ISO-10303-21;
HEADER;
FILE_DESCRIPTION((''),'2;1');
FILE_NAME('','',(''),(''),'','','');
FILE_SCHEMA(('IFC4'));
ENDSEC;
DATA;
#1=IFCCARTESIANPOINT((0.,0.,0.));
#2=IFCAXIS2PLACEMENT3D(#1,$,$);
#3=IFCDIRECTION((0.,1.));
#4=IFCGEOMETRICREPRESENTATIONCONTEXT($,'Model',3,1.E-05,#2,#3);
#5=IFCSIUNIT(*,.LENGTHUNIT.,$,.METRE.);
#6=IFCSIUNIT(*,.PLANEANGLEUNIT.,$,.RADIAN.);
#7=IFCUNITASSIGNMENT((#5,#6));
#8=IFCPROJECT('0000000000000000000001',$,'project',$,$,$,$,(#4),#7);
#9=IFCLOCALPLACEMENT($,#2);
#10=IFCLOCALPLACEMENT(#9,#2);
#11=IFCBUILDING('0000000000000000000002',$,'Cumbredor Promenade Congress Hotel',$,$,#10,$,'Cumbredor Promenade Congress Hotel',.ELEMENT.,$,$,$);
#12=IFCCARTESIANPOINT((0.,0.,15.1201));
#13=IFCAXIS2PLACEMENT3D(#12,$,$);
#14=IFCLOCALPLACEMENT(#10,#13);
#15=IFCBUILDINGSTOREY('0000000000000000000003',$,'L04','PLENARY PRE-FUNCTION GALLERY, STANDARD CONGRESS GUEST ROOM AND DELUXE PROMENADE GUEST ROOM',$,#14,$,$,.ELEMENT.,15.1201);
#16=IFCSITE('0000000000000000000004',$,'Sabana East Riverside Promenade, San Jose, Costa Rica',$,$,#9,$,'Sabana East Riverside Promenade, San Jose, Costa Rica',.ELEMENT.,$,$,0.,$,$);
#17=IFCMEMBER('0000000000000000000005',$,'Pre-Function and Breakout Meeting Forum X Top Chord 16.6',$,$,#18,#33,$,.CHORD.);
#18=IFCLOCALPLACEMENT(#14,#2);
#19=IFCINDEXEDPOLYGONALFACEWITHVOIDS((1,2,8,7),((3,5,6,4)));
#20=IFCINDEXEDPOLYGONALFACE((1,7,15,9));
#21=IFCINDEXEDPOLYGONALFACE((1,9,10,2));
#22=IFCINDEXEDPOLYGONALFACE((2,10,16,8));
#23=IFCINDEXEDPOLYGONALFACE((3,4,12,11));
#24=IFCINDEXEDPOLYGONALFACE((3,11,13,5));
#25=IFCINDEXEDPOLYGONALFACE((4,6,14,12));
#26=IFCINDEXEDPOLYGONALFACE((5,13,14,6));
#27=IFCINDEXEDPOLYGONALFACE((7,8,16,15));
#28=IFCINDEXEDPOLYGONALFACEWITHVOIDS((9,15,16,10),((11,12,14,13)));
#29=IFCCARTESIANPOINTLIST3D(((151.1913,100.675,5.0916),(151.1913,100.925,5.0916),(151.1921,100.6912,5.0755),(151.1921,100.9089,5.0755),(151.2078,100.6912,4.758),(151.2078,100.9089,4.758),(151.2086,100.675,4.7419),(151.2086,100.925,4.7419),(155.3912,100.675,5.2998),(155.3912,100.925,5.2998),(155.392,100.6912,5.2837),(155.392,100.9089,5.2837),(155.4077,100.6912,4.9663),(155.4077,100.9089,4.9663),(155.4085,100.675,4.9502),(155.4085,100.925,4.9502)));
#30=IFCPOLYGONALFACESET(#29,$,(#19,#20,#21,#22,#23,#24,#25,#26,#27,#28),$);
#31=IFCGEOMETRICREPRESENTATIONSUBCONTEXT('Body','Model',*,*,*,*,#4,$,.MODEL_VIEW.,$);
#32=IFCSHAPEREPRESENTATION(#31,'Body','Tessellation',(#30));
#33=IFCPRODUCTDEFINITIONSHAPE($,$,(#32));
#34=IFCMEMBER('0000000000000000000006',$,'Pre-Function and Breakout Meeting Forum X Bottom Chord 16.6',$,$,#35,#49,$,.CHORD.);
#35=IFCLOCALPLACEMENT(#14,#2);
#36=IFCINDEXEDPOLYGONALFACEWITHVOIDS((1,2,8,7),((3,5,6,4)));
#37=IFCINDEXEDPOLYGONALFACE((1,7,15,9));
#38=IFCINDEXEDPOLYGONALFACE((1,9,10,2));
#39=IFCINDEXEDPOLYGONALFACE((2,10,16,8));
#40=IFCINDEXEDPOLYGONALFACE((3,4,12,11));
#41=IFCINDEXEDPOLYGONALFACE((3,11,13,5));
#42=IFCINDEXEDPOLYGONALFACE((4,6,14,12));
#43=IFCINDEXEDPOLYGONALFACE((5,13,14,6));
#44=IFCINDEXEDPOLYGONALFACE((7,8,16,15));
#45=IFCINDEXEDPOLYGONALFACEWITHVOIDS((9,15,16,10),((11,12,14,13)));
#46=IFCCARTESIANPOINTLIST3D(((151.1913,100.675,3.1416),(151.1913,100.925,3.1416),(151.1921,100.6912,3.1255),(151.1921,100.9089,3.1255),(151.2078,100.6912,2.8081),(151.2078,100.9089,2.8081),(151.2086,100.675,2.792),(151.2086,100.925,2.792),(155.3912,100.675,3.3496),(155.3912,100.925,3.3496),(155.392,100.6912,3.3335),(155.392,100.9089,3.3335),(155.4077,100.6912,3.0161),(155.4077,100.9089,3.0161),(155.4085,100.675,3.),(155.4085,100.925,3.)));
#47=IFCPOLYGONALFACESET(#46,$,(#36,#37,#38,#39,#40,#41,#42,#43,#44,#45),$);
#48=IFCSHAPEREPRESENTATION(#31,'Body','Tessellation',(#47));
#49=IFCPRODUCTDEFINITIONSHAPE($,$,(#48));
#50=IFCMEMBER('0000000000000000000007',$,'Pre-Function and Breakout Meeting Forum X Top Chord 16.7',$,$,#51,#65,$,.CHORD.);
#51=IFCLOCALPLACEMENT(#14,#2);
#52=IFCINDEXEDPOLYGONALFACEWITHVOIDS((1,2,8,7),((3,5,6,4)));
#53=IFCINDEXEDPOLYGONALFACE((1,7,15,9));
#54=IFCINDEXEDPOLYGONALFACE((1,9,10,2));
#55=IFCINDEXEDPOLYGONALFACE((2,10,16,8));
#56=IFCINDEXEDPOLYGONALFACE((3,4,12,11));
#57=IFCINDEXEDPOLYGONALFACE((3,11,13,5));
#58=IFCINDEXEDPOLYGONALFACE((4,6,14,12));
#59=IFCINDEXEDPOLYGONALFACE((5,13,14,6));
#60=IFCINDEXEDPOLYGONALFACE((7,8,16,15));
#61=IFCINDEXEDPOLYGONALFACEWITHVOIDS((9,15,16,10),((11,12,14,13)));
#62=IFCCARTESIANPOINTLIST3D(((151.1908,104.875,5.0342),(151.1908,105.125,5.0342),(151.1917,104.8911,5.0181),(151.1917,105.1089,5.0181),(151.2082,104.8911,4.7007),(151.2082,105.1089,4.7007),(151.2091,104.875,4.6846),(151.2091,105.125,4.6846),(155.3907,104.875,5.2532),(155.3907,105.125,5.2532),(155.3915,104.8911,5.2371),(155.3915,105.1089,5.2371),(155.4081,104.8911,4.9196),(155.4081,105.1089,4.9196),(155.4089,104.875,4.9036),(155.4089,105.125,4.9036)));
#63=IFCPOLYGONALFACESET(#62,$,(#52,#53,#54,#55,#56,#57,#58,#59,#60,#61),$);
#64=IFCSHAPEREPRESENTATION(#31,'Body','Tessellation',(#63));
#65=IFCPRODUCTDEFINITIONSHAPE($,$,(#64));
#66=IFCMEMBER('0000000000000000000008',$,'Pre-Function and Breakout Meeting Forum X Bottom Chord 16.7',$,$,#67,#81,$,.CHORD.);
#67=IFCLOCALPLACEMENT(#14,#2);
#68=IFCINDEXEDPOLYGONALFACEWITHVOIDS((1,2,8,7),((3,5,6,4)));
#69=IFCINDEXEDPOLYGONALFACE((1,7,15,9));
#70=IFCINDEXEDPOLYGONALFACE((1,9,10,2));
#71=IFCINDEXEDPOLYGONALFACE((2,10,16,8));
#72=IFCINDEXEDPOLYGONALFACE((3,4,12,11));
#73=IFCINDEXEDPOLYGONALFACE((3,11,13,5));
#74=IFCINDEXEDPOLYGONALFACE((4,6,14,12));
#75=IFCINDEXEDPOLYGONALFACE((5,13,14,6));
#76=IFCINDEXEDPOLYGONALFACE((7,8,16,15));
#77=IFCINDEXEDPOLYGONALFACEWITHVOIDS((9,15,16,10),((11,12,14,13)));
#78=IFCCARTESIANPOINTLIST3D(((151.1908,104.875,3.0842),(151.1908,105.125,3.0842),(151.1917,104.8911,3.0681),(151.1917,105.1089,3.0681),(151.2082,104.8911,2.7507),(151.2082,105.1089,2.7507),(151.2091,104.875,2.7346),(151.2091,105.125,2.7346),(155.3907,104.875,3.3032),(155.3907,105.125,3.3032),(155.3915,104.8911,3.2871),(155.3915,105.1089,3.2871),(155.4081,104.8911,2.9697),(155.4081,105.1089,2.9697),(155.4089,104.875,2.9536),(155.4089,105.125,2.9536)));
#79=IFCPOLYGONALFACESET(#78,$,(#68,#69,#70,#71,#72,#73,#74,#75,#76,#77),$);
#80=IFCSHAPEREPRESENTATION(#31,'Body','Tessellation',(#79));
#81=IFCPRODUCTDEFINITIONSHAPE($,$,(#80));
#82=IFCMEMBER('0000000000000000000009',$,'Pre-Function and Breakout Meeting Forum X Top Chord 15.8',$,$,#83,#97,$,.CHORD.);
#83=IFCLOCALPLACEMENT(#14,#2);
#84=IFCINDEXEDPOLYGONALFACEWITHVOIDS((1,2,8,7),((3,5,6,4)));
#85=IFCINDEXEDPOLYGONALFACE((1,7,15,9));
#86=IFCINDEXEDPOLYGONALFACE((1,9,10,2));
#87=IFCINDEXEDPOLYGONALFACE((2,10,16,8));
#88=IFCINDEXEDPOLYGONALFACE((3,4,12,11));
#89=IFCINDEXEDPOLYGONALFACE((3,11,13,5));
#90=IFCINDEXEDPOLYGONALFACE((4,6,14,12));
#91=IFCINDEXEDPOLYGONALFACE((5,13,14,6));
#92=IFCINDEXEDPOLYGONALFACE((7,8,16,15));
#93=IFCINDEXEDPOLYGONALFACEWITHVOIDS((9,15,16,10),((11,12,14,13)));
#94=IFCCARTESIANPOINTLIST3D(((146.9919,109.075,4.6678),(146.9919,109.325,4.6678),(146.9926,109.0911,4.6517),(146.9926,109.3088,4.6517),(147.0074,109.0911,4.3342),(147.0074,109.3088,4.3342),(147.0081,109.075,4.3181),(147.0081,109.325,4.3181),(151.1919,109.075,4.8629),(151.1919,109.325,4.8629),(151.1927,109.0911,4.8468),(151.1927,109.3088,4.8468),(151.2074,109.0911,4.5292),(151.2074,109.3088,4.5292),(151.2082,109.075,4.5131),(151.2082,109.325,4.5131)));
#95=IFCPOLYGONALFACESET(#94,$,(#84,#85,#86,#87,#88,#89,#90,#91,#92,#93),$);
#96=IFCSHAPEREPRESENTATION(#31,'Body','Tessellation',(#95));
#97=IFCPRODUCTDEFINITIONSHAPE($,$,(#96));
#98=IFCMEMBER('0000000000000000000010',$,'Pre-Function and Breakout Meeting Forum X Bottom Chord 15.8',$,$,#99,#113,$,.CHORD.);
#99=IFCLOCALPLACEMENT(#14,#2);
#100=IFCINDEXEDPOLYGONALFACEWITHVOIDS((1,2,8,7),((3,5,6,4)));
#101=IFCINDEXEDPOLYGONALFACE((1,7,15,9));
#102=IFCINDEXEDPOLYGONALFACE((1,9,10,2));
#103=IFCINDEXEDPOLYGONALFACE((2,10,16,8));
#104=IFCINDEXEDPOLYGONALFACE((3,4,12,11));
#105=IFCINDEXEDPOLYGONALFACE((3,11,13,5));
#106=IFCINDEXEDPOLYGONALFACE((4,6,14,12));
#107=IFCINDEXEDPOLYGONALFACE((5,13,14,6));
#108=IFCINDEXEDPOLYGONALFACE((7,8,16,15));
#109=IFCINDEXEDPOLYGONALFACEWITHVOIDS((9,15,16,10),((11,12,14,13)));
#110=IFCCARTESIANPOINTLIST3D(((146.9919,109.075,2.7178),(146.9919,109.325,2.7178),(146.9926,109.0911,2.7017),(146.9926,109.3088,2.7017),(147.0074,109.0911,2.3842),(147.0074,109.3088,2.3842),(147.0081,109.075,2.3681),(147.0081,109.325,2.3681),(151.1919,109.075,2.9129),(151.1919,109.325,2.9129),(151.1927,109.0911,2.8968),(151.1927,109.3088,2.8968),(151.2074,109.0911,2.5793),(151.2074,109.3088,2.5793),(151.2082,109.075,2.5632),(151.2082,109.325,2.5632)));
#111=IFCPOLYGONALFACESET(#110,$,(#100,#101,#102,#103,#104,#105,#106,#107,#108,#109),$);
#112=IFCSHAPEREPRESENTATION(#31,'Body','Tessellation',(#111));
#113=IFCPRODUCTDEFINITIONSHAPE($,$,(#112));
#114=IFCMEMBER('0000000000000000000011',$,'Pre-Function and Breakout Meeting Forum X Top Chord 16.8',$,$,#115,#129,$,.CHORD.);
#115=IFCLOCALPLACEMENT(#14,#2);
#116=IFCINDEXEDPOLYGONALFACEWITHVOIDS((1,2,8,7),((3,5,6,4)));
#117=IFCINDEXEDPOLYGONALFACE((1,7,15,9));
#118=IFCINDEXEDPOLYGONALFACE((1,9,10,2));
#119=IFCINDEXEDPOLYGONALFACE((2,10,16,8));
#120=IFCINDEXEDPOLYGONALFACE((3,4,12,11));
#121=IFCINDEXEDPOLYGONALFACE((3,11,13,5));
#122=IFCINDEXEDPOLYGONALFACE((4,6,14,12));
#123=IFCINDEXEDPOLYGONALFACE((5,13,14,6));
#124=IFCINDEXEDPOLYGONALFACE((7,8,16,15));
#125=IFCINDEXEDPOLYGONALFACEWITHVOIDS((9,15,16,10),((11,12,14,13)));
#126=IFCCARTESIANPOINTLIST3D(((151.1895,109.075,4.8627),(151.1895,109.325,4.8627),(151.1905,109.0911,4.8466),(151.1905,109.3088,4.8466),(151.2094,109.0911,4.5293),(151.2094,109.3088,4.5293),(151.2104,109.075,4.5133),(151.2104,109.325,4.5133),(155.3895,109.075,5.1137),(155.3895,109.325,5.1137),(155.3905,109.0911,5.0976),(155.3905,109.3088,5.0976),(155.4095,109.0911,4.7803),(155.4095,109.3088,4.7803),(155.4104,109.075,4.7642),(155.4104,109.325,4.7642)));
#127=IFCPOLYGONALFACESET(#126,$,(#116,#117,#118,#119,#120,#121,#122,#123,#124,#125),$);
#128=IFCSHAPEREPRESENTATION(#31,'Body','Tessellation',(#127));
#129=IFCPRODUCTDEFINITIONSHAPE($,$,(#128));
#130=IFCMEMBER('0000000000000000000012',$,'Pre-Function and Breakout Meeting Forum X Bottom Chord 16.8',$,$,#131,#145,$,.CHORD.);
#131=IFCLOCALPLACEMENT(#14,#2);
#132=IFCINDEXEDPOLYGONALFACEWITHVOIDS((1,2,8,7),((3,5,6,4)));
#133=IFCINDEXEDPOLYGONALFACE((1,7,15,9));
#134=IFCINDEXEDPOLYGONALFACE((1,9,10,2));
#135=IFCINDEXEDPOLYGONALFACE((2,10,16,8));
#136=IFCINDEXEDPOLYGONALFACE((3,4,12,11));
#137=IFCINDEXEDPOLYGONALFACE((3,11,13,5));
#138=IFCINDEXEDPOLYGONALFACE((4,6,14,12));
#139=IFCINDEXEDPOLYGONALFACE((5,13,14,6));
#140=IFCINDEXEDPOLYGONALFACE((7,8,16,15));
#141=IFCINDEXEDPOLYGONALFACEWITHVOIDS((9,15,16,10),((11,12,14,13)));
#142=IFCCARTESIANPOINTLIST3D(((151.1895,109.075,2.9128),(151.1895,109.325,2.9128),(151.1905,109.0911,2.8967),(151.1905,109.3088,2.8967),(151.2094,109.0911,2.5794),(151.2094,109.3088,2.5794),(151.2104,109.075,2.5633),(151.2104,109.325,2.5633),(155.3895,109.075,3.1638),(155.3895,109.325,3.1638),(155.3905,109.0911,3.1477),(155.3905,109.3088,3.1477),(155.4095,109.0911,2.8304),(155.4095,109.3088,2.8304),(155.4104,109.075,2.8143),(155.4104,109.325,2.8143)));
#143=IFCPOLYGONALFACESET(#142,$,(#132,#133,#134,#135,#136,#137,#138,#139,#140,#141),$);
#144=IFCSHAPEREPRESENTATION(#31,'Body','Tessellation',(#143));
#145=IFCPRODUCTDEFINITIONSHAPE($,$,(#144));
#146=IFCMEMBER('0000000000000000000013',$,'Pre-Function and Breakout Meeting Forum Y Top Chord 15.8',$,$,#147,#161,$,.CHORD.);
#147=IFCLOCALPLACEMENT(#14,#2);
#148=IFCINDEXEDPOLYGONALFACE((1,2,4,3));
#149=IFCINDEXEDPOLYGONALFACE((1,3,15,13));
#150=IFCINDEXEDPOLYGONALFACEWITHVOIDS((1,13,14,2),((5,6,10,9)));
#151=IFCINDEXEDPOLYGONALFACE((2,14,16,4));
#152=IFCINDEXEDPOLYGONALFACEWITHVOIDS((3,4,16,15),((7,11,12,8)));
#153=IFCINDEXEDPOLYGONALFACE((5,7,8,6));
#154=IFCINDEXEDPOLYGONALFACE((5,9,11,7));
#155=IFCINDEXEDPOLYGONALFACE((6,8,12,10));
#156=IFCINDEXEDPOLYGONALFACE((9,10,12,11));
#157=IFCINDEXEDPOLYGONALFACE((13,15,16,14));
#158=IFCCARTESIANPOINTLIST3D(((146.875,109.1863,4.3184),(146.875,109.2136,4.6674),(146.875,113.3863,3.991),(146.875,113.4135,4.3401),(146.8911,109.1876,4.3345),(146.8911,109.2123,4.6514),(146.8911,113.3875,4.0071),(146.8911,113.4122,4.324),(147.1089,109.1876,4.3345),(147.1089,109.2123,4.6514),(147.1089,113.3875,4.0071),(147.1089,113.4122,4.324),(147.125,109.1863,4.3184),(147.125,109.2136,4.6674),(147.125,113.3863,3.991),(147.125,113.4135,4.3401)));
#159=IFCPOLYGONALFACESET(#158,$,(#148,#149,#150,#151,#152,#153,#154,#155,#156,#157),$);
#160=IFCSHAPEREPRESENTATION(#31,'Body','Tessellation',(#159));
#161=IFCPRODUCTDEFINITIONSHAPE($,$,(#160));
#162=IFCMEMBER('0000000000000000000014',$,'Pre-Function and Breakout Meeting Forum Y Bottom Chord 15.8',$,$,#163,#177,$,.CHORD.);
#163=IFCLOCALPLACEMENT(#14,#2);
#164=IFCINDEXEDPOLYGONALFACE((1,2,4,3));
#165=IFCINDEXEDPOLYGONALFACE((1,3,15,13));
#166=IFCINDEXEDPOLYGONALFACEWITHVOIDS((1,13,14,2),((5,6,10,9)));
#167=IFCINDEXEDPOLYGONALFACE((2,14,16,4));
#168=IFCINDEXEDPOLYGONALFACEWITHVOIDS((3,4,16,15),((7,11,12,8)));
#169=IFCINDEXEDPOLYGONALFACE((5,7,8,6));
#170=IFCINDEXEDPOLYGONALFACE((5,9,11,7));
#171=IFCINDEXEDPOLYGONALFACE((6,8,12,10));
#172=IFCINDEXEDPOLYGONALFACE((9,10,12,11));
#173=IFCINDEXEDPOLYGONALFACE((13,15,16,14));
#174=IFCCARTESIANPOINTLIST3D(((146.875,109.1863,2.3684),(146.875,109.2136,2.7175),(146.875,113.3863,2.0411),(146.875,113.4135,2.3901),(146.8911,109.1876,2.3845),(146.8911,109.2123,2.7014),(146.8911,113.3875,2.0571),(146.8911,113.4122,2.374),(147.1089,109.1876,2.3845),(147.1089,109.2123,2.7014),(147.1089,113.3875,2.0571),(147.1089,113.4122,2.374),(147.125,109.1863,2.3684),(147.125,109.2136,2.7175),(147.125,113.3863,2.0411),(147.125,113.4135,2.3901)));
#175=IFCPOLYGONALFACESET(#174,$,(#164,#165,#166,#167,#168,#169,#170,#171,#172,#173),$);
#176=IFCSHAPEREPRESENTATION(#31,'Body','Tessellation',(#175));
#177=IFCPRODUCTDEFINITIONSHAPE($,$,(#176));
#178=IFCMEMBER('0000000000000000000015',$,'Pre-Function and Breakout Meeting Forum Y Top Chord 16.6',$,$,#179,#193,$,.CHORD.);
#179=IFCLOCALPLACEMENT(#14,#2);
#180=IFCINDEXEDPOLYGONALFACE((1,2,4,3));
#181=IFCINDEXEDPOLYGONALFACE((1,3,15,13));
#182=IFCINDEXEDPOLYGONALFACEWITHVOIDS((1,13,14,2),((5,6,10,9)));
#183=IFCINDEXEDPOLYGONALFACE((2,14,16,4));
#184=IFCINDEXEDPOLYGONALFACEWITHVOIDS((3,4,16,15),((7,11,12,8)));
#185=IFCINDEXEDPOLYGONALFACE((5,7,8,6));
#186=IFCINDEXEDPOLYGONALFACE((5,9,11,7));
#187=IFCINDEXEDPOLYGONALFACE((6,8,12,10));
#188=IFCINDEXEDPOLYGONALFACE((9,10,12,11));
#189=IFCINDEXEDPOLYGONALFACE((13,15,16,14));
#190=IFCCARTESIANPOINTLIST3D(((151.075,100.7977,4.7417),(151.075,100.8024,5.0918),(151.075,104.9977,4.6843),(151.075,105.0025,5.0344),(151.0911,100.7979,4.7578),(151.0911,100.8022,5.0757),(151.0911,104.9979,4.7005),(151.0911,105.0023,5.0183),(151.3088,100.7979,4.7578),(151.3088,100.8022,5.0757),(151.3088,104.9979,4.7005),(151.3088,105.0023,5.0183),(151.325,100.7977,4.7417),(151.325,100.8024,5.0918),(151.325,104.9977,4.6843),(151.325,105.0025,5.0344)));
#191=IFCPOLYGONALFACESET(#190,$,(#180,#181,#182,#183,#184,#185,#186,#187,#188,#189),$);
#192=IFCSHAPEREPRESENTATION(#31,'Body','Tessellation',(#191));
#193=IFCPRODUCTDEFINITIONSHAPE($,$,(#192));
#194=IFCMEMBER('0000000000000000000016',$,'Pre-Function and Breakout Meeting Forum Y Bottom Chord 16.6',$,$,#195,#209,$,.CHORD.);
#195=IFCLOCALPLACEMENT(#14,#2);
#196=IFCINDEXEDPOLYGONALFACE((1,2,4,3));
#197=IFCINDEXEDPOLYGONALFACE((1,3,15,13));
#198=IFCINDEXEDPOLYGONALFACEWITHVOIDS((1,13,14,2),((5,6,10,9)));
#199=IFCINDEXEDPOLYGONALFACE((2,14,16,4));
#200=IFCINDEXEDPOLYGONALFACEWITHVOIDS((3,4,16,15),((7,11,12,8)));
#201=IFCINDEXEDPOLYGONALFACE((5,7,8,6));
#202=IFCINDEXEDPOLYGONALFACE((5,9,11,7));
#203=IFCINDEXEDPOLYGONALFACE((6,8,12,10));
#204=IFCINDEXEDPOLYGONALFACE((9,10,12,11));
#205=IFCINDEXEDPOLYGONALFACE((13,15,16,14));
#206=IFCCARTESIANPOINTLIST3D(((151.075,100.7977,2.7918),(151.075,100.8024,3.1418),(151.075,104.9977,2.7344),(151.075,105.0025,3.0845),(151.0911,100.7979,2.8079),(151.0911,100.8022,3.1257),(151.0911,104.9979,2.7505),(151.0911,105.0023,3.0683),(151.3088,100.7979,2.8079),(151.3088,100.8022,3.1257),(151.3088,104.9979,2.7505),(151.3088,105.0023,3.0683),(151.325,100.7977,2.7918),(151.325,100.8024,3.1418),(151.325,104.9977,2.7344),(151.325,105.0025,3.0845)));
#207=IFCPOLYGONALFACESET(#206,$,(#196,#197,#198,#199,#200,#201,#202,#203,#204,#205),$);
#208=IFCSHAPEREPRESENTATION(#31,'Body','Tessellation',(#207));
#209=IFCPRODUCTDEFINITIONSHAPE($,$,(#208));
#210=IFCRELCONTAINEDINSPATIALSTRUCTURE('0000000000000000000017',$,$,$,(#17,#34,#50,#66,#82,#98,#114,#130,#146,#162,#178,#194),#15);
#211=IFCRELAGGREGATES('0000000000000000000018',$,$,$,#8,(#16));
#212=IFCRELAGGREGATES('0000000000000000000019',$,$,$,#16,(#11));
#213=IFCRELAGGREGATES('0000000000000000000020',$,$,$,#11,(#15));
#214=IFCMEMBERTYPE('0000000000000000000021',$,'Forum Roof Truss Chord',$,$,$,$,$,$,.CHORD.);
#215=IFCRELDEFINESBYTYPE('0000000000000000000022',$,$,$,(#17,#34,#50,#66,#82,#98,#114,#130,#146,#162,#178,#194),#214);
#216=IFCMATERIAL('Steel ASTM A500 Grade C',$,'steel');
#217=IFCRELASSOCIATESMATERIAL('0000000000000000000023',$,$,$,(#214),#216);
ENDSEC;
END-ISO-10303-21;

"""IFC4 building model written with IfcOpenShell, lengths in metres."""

from ifc_helpers import new_model, si_unit, direction, frame, origin, origin_2d, place, context, subcontext, project, spatial, hollow_rectangle, extrude, material, material_profile, profile_set, type_object, element, save


model = new_model("IFC4")

# Units and contexts
model_context = context("Model", 3, precision=1e-05, world=origin(), true_north=direction((0.0, 1.0)))
body_context = subcontext(model_context, "Body", "Model", "MODEL_VIEW")
ifc_project = project(units=[si_unit("LENGTHUNIT", "METRE"), si_unit("PLANEANGLEUNIT", "RADIAN")], contexts=[model_context])

# Site, building, storey
site_placement = place(None, origin())
site = spatial("IfcSite", under=ifc_project, at=site_placement, Name="Sabana East Riverside Promenade, San Jose, Costa Rica", LongName="Sabana East Riverside Promenade, San Jose, Costa Rica", CompositionType="ELEMENT", RefElevation=0.0)
building_placement = place(site_placement, origin())
building = spatial("IfcBuilding", under=site, at=building_placement, Name="Cumbredor Promenade Congress Hotel", LongName="Cumbredor Promenade Congress Hotel", CompositionType="ELEMENT")
storey_placement = place(building_placement, frame((0.0, 0.0, 15.1201)))
storey = spatial("IfcBuildingStorey", under=building, at=storey_placement, Name="L04", Description="PLENARY PRE-FUNCTION GALLERY, STANDARD CONGRESS GUEST ROOM AND DELUXE PROMENADE GUEST ROOM", CompositionType="ELEMENT", Elevation=15.1201)

# Members
ifc_material_1 = material(Name="Steel ASTM A500 Grade C", Category="steel")
ifc_material_profile_1 = material_profile(ifc_material_1, hollow_rectangle(XDim=0.25, YDim=0.3501, WallThickness=0.0161, at=origin_2d()), Name="HSS 350x250x16")
ifc_profile_set_1 = profile_set([ifc_material_profile_1], Name="Steel ASTM A500 Grade C")
member_type_1 = type_object("IfcMemberType", Name="Forum Roof Truss Chord", PredefinedType="CHORD", material=ifc_profile_set_1)
for number, where, z_axis, x_axis, name in (
    (1, (151.2, 100.8, 4.9167), (0.998773, 0.0, 0.049524), (0.0, 1.0, 0.0), "Pre-Function and Breakout Meeting Forum X Top Chord 16.6"),
    (2, (151.2, 100.8, 2.9668), (0.998776, 0.0, 0.049466), (0.0, 1.0, 0.0), "Pre-Function and Breakout Meeting Forum X Bottom Chord 16.6"),
):
    element("IfcMember", number, at=place(storey_placement, frame(where, z_axis=z_axis, x_axis=x_axis)), inside=storey, type_object=member_type_1, Name=name, PredefinedType="CHORD", context=body_context, shape_type="SweptSolid", body=[
        extrude(hollow_rectangle(XDim=0.25, YDim=0.3501, WallThickness=0.0161, at=origin_2d()), origin(), (0.0, 0.0, 1.0), 4.2051),
    ])
for number, where, z_axis, x_axis, name in (
    (3, (151.2, 105.0, 4.8594), (0.998643, 0.0, 0.052071), (0.0, 1.0, 0.0), "Pre-Function and Breakout Meeting Forum X Top Chord 16.7"),
    (4, (151.2, 105.0, 2.9094), (0.998643, 0.0, 0.052071), (0.0, 1.0, 0.0), "Pre-Function and Breakout Meeting Forum X Bottom Chord 16.7"),
):
    element("IfcMember", number, at=place(storey_placement, frame(where, z_axis=z_axis, x_axis=x_axis)), inside=storey, type_object=member_type_1, Name=name, PredefinedType="CHORD", context=body_context, shape_type="SweptSolid", body=[
        extrude(hollow_rectangle(XDim=0.25, YDim=0.3501, WallThickness=0.0161, at=origin_2d()), origin(), (0.0, 0.0, 1.0), 4.2056),
    ])
for number, where, z_axis, x_axis, name in (
    (5, (147.0, 109.2, 4.4929), (0.998923, 0.0, 0.046395), (0.0, 1.0, 0.0), "Pre-Function and Breakout Meeting Forum X Top Chord 15.8"),
    (6, (147.0, 109.2, 2.543), (0.998923, 0.0, 0.046395), (0.0, 1.0, 0.0), "Pre-Function and Breakout Meeting Forum X Bottom Chord 15.8"),
):
    element("IfcMember", number, at=place(storey_placement, frame(where, z_axis=z_axis, x_axis=x_axis)), inside=storey, type_object=member_type_1, Name=name, PredefinedType="CHORD", context=body_context, shape_type="SweptSolid", body=[
        extrude(hollow_rectangle(XDim=0.25, YDim=0.3501, WallThickness=0.0161, at=origin_2d()), origin(), (0.0, 0.0, 1.0), 4.2046),
    ])
for number, where, z_axis, x_axis, name in (
    (7, (151.2, 109.2, 4.688), (0.998219, 0.0, 0.059651), (0.0, 1.0, 0.0), "Pre-Function and Breakout Meeting Forum X Top Chord 16.8"),
    (8, (151.2, 109.2, 2.738), (0.998219, 0.0, 0.059651), (0.0, 1.0, 0.0), "Pre-Function and Breakout Meeting Forum X Bottom Chord 16.8"),
):
    element("IfcMember", number, at=place(storey_placement, frame(where, z_axis=z_axis, x_axis=x_axis)), inside=storey, type_object=member_type_1, Name=name, PredefinedType="CHORD", context=body_context, shape_type="SweptSolid", body=[
        extrude(hollow_rectangle(XDim=0.25, YDim=0.3501, WallThickness=0.0161, at=origin_2d()), origin(), (0.0, 0.0, 1.0), 4.2075),
    ])
for number, where, z_axis, x_axis, name in (
    (9, (147.0, 109.2, 4.4929), (0.0, 0.996976, -0.077716), (-1.0, 0.0, 0.0), "Pre-Function and Breakout Meeting Forum Y Top Chord 15.8"),
    (10, (147.0, 109.2, 2.543), (0.0, 0.996976, -0.077716), (-1.0, 0.0, 0.0), "Pre-Function and Breakout Meeting Forum Y Bottom Chord 15.8"),
):
    element("IfcMember", number, at=place(storey_placement, frame(where, z_axis=z_axis, x_axis=x_axis)), inside=storey, type_object=member_type_1, Name=name, PredefinedType="CHORD", context=body_context, shape_type="SweptSolid", body=[
        extrude(hollow_rectangle(XDim=0.25, YDim=0.3501, WallThickness=0.0161, at=origin_2d()), origin(), (0.0, 0.0, 1.0), 4.2126),
    ])
for number, where, z_axis, x_axis, name in (
    (11, (151.2, 100.8, 4.9167), (0.0, 0.999907, -0.013659), (-1.0, 0.0, 0.0), "Pre-Function and Breakout Meeting Forum Y Top Chord 16.6"),
    (12, (151.2, 100.8, 2.9668), (0.0, 0.999907, -0.013659), (-1.0, 0.0, 0.0), "Pre-Function and Breakout Meeting Forum Y Bottom Chord 16.6"),
):
    element("IfcMember", number, at=place(storey_placement, frame(where, z_axis=z_axis, x_axis=x_axis)), inside=storey, type_object=member_type_1, Name=name, PredefinedType="CHORD", context=body_context, shape_type="SweptSolid", body=[
        extrude(hollow_rectangle(XDim=0.25, YDim=0.3501, WallThickness=0.0161, at=origin_2d()), origin(), (0.0, 0.0, 1.0), 4.2004),
    ])

save(model, "model.ifc")
